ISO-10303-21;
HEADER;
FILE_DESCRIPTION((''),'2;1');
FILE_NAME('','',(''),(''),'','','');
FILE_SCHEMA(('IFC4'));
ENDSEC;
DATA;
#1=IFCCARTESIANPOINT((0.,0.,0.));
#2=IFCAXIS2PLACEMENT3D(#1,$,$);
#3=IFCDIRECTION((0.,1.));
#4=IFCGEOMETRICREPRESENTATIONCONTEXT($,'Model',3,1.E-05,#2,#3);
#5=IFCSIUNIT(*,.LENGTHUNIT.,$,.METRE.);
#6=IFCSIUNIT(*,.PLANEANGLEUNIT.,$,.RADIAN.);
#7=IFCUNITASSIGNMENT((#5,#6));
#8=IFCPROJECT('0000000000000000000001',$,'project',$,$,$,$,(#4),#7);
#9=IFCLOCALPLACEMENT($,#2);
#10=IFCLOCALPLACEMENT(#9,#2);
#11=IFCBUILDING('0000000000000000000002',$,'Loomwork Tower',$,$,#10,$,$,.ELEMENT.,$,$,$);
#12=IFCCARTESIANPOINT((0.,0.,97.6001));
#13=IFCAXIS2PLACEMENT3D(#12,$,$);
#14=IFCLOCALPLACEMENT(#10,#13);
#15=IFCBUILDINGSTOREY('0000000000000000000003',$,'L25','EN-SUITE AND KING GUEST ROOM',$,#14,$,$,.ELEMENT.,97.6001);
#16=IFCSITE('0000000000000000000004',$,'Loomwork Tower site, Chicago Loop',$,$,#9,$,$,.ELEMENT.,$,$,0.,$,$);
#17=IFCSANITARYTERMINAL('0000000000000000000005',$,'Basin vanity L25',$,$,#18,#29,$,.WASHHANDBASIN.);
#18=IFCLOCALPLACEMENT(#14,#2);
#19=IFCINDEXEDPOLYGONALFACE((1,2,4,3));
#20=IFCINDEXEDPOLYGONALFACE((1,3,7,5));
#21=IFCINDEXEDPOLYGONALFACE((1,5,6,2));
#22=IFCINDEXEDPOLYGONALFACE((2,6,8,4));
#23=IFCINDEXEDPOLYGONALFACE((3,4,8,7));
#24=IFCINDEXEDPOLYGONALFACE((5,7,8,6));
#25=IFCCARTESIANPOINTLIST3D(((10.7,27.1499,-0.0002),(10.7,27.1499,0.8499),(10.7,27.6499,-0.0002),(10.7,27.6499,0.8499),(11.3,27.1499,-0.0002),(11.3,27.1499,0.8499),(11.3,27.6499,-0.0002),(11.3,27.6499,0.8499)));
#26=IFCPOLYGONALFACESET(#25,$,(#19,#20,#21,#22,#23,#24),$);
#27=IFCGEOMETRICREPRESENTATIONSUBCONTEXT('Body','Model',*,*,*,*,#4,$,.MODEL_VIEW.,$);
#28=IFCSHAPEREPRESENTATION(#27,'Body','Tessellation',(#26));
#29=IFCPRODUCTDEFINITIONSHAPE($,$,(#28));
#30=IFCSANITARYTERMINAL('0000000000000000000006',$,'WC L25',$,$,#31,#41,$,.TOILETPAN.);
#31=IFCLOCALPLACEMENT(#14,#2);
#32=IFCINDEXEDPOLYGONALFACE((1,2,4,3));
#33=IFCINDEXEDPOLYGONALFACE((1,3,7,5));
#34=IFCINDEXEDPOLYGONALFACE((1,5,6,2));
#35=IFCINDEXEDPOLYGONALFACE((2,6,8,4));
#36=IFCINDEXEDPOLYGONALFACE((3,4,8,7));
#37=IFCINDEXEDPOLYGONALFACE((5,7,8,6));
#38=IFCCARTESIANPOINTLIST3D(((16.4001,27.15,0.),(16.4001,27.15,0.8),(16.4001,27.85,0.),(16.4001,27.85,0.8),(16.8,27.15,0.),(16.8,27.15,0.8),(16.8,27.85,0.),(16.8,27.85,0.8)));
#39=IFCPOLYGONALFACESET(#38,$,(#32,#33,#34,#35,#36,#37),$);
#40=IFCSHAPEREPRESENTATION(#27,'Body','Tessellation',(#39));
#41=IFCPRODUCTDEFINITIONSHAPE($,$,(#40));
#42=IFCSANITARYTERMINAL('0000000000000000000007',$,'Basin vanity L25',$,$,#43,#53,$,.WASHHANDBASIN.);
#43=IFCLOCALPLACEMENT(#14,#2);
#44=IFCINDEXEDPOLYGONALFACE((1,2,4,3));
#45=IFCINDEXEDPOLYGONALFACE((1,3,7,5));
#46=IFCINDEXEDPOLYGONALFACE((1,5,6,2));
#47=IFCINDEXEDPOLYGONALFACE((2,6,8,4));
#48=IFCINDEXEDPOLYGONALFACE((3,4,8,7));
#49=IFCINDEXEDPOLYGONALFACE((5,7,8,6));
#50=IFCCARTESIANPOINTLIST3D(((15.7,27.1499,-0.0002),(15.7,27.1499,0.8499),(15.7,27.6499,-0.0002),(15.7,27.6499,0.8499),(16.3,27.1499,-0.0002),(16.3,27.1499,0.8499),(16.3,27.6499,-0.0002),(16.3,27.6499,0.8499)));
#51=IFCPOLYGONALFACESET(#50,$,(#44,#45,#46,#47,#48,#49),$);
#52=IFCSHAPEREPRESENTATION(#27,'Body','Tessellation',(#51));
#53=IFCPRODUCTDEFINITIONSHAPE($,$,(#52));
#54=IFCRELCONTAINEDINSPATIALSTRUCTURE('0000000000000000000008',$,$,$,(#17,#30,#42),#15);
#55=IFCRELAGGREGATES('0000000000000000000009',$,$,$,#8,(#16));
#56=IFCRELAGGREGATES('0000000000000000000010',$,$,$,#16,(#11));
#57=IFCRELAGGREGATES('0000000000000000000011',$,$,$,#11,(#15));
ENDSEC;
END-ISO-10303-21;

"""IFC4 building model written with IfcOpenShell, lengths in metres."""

from ifc_helpers import new_model, si_unit, direction, frame, origin, origin_2d, place, context, subcontext, project, spatial, rectangle, extrude, element, save


model = new_model("IFC4")

# Units and contexts
model_context = context("Model", 3, precision=1e-05, world=origin(), true_north=direction((0.0, 1.0)))
body_context = subcontext(model_context, "Body", "Model", "MODEL_VIEW")
ifc_project = project(units=[si_unit("LENGTHUNIT", "METRE"), si_unit("PLANEANGLEUNIT", "RADIAN")], contexts=[model_context])

# Site, building, storey
site_placement = place(None, origin())
site = spatial("IfcSite", under=ifc_project, at=site_placement, Name="Loomwork Tower site, Chicago Loop", CompositionType="ELEMENT", RefElevation=0.0)
building_placement = place(site_placement, origin())
building = spatial("IfcBuilding", under=site, at=building_placement, Name="Loomwork Tower", CompositionType="ELEMENT")
storey_placement = place(building_placement, frame((0.0, 0.0, 97.6001)))
storey = spatial("IfcBuildingStorey", under=building, at=storey_placement, Name="L25", Description="EN-SUITE AND KING GUEST ROOM", CompositionType="ELEMENT", Elevation=97.6001)

# Sanitary terminals
sanitary_terminal_1_placement = place(storey_placement, frame((11.0, 27.3999, -0.0002), z_axis=(0.0, 0.0, 1.0), x_axis=(1.0, 0.0, 0.0)))
element("IfcSanitaryTerminal", 1, at=sanitary_terminal_1_placement, inside=storey, Name="Basin vanity L25", PredefinedType="WASHHANDBASIN", context=body_context, shape_type="SweptSolid", body=[
    extrude(rectangle(XDim=0.6001, YDim=0.5, at=origin_2d()), origin(), (0.0, 0.0, 1.0), 0.8501),
])
sanitary_terminal_2_placement = place(storey_placement, frame((16.6001, 27.5, 0.0), z_axis=(0.0, 0.0, 1.0), x_axis=(1.0, 0.0, 0.0)))
element("IfcSanitaryTerminal", 2, at=sanitary_terminal_2_placement, inside=storey, Name="WC L25", PredefinedType="TOILETPAN", context=body_context, shape_type="SweptSolid", body=[
    extrude(rectangle(XDim=0.3999, YDim=0.7, at=origin_2d()), origin(), (0.0, 0.0, 1.0), 0.8),
])
sanitary_terminal_3_placement = place(storey_placement, frame((16.0, 27.3999, -0.0002), z_axis=(0.0, 0.0, 1.0), x_axis=(1.0, 0.0, 0.0)))
element("IfcSanitaryTerminal", 3, at=sanitary_terminal_3_placement, inside=storey, Name="Basin vanity L25", PredefinedType="WASHHANDBASIN", context=body_context, shape_type="SweptSolid", body=[
    extrude(rectangle(XDim=0.6001, YDim=0.5, at=origin_2d()), origin(), (0.0, 0.0, 1.0), 0.8501),
])

save(model, "model.ifc")
